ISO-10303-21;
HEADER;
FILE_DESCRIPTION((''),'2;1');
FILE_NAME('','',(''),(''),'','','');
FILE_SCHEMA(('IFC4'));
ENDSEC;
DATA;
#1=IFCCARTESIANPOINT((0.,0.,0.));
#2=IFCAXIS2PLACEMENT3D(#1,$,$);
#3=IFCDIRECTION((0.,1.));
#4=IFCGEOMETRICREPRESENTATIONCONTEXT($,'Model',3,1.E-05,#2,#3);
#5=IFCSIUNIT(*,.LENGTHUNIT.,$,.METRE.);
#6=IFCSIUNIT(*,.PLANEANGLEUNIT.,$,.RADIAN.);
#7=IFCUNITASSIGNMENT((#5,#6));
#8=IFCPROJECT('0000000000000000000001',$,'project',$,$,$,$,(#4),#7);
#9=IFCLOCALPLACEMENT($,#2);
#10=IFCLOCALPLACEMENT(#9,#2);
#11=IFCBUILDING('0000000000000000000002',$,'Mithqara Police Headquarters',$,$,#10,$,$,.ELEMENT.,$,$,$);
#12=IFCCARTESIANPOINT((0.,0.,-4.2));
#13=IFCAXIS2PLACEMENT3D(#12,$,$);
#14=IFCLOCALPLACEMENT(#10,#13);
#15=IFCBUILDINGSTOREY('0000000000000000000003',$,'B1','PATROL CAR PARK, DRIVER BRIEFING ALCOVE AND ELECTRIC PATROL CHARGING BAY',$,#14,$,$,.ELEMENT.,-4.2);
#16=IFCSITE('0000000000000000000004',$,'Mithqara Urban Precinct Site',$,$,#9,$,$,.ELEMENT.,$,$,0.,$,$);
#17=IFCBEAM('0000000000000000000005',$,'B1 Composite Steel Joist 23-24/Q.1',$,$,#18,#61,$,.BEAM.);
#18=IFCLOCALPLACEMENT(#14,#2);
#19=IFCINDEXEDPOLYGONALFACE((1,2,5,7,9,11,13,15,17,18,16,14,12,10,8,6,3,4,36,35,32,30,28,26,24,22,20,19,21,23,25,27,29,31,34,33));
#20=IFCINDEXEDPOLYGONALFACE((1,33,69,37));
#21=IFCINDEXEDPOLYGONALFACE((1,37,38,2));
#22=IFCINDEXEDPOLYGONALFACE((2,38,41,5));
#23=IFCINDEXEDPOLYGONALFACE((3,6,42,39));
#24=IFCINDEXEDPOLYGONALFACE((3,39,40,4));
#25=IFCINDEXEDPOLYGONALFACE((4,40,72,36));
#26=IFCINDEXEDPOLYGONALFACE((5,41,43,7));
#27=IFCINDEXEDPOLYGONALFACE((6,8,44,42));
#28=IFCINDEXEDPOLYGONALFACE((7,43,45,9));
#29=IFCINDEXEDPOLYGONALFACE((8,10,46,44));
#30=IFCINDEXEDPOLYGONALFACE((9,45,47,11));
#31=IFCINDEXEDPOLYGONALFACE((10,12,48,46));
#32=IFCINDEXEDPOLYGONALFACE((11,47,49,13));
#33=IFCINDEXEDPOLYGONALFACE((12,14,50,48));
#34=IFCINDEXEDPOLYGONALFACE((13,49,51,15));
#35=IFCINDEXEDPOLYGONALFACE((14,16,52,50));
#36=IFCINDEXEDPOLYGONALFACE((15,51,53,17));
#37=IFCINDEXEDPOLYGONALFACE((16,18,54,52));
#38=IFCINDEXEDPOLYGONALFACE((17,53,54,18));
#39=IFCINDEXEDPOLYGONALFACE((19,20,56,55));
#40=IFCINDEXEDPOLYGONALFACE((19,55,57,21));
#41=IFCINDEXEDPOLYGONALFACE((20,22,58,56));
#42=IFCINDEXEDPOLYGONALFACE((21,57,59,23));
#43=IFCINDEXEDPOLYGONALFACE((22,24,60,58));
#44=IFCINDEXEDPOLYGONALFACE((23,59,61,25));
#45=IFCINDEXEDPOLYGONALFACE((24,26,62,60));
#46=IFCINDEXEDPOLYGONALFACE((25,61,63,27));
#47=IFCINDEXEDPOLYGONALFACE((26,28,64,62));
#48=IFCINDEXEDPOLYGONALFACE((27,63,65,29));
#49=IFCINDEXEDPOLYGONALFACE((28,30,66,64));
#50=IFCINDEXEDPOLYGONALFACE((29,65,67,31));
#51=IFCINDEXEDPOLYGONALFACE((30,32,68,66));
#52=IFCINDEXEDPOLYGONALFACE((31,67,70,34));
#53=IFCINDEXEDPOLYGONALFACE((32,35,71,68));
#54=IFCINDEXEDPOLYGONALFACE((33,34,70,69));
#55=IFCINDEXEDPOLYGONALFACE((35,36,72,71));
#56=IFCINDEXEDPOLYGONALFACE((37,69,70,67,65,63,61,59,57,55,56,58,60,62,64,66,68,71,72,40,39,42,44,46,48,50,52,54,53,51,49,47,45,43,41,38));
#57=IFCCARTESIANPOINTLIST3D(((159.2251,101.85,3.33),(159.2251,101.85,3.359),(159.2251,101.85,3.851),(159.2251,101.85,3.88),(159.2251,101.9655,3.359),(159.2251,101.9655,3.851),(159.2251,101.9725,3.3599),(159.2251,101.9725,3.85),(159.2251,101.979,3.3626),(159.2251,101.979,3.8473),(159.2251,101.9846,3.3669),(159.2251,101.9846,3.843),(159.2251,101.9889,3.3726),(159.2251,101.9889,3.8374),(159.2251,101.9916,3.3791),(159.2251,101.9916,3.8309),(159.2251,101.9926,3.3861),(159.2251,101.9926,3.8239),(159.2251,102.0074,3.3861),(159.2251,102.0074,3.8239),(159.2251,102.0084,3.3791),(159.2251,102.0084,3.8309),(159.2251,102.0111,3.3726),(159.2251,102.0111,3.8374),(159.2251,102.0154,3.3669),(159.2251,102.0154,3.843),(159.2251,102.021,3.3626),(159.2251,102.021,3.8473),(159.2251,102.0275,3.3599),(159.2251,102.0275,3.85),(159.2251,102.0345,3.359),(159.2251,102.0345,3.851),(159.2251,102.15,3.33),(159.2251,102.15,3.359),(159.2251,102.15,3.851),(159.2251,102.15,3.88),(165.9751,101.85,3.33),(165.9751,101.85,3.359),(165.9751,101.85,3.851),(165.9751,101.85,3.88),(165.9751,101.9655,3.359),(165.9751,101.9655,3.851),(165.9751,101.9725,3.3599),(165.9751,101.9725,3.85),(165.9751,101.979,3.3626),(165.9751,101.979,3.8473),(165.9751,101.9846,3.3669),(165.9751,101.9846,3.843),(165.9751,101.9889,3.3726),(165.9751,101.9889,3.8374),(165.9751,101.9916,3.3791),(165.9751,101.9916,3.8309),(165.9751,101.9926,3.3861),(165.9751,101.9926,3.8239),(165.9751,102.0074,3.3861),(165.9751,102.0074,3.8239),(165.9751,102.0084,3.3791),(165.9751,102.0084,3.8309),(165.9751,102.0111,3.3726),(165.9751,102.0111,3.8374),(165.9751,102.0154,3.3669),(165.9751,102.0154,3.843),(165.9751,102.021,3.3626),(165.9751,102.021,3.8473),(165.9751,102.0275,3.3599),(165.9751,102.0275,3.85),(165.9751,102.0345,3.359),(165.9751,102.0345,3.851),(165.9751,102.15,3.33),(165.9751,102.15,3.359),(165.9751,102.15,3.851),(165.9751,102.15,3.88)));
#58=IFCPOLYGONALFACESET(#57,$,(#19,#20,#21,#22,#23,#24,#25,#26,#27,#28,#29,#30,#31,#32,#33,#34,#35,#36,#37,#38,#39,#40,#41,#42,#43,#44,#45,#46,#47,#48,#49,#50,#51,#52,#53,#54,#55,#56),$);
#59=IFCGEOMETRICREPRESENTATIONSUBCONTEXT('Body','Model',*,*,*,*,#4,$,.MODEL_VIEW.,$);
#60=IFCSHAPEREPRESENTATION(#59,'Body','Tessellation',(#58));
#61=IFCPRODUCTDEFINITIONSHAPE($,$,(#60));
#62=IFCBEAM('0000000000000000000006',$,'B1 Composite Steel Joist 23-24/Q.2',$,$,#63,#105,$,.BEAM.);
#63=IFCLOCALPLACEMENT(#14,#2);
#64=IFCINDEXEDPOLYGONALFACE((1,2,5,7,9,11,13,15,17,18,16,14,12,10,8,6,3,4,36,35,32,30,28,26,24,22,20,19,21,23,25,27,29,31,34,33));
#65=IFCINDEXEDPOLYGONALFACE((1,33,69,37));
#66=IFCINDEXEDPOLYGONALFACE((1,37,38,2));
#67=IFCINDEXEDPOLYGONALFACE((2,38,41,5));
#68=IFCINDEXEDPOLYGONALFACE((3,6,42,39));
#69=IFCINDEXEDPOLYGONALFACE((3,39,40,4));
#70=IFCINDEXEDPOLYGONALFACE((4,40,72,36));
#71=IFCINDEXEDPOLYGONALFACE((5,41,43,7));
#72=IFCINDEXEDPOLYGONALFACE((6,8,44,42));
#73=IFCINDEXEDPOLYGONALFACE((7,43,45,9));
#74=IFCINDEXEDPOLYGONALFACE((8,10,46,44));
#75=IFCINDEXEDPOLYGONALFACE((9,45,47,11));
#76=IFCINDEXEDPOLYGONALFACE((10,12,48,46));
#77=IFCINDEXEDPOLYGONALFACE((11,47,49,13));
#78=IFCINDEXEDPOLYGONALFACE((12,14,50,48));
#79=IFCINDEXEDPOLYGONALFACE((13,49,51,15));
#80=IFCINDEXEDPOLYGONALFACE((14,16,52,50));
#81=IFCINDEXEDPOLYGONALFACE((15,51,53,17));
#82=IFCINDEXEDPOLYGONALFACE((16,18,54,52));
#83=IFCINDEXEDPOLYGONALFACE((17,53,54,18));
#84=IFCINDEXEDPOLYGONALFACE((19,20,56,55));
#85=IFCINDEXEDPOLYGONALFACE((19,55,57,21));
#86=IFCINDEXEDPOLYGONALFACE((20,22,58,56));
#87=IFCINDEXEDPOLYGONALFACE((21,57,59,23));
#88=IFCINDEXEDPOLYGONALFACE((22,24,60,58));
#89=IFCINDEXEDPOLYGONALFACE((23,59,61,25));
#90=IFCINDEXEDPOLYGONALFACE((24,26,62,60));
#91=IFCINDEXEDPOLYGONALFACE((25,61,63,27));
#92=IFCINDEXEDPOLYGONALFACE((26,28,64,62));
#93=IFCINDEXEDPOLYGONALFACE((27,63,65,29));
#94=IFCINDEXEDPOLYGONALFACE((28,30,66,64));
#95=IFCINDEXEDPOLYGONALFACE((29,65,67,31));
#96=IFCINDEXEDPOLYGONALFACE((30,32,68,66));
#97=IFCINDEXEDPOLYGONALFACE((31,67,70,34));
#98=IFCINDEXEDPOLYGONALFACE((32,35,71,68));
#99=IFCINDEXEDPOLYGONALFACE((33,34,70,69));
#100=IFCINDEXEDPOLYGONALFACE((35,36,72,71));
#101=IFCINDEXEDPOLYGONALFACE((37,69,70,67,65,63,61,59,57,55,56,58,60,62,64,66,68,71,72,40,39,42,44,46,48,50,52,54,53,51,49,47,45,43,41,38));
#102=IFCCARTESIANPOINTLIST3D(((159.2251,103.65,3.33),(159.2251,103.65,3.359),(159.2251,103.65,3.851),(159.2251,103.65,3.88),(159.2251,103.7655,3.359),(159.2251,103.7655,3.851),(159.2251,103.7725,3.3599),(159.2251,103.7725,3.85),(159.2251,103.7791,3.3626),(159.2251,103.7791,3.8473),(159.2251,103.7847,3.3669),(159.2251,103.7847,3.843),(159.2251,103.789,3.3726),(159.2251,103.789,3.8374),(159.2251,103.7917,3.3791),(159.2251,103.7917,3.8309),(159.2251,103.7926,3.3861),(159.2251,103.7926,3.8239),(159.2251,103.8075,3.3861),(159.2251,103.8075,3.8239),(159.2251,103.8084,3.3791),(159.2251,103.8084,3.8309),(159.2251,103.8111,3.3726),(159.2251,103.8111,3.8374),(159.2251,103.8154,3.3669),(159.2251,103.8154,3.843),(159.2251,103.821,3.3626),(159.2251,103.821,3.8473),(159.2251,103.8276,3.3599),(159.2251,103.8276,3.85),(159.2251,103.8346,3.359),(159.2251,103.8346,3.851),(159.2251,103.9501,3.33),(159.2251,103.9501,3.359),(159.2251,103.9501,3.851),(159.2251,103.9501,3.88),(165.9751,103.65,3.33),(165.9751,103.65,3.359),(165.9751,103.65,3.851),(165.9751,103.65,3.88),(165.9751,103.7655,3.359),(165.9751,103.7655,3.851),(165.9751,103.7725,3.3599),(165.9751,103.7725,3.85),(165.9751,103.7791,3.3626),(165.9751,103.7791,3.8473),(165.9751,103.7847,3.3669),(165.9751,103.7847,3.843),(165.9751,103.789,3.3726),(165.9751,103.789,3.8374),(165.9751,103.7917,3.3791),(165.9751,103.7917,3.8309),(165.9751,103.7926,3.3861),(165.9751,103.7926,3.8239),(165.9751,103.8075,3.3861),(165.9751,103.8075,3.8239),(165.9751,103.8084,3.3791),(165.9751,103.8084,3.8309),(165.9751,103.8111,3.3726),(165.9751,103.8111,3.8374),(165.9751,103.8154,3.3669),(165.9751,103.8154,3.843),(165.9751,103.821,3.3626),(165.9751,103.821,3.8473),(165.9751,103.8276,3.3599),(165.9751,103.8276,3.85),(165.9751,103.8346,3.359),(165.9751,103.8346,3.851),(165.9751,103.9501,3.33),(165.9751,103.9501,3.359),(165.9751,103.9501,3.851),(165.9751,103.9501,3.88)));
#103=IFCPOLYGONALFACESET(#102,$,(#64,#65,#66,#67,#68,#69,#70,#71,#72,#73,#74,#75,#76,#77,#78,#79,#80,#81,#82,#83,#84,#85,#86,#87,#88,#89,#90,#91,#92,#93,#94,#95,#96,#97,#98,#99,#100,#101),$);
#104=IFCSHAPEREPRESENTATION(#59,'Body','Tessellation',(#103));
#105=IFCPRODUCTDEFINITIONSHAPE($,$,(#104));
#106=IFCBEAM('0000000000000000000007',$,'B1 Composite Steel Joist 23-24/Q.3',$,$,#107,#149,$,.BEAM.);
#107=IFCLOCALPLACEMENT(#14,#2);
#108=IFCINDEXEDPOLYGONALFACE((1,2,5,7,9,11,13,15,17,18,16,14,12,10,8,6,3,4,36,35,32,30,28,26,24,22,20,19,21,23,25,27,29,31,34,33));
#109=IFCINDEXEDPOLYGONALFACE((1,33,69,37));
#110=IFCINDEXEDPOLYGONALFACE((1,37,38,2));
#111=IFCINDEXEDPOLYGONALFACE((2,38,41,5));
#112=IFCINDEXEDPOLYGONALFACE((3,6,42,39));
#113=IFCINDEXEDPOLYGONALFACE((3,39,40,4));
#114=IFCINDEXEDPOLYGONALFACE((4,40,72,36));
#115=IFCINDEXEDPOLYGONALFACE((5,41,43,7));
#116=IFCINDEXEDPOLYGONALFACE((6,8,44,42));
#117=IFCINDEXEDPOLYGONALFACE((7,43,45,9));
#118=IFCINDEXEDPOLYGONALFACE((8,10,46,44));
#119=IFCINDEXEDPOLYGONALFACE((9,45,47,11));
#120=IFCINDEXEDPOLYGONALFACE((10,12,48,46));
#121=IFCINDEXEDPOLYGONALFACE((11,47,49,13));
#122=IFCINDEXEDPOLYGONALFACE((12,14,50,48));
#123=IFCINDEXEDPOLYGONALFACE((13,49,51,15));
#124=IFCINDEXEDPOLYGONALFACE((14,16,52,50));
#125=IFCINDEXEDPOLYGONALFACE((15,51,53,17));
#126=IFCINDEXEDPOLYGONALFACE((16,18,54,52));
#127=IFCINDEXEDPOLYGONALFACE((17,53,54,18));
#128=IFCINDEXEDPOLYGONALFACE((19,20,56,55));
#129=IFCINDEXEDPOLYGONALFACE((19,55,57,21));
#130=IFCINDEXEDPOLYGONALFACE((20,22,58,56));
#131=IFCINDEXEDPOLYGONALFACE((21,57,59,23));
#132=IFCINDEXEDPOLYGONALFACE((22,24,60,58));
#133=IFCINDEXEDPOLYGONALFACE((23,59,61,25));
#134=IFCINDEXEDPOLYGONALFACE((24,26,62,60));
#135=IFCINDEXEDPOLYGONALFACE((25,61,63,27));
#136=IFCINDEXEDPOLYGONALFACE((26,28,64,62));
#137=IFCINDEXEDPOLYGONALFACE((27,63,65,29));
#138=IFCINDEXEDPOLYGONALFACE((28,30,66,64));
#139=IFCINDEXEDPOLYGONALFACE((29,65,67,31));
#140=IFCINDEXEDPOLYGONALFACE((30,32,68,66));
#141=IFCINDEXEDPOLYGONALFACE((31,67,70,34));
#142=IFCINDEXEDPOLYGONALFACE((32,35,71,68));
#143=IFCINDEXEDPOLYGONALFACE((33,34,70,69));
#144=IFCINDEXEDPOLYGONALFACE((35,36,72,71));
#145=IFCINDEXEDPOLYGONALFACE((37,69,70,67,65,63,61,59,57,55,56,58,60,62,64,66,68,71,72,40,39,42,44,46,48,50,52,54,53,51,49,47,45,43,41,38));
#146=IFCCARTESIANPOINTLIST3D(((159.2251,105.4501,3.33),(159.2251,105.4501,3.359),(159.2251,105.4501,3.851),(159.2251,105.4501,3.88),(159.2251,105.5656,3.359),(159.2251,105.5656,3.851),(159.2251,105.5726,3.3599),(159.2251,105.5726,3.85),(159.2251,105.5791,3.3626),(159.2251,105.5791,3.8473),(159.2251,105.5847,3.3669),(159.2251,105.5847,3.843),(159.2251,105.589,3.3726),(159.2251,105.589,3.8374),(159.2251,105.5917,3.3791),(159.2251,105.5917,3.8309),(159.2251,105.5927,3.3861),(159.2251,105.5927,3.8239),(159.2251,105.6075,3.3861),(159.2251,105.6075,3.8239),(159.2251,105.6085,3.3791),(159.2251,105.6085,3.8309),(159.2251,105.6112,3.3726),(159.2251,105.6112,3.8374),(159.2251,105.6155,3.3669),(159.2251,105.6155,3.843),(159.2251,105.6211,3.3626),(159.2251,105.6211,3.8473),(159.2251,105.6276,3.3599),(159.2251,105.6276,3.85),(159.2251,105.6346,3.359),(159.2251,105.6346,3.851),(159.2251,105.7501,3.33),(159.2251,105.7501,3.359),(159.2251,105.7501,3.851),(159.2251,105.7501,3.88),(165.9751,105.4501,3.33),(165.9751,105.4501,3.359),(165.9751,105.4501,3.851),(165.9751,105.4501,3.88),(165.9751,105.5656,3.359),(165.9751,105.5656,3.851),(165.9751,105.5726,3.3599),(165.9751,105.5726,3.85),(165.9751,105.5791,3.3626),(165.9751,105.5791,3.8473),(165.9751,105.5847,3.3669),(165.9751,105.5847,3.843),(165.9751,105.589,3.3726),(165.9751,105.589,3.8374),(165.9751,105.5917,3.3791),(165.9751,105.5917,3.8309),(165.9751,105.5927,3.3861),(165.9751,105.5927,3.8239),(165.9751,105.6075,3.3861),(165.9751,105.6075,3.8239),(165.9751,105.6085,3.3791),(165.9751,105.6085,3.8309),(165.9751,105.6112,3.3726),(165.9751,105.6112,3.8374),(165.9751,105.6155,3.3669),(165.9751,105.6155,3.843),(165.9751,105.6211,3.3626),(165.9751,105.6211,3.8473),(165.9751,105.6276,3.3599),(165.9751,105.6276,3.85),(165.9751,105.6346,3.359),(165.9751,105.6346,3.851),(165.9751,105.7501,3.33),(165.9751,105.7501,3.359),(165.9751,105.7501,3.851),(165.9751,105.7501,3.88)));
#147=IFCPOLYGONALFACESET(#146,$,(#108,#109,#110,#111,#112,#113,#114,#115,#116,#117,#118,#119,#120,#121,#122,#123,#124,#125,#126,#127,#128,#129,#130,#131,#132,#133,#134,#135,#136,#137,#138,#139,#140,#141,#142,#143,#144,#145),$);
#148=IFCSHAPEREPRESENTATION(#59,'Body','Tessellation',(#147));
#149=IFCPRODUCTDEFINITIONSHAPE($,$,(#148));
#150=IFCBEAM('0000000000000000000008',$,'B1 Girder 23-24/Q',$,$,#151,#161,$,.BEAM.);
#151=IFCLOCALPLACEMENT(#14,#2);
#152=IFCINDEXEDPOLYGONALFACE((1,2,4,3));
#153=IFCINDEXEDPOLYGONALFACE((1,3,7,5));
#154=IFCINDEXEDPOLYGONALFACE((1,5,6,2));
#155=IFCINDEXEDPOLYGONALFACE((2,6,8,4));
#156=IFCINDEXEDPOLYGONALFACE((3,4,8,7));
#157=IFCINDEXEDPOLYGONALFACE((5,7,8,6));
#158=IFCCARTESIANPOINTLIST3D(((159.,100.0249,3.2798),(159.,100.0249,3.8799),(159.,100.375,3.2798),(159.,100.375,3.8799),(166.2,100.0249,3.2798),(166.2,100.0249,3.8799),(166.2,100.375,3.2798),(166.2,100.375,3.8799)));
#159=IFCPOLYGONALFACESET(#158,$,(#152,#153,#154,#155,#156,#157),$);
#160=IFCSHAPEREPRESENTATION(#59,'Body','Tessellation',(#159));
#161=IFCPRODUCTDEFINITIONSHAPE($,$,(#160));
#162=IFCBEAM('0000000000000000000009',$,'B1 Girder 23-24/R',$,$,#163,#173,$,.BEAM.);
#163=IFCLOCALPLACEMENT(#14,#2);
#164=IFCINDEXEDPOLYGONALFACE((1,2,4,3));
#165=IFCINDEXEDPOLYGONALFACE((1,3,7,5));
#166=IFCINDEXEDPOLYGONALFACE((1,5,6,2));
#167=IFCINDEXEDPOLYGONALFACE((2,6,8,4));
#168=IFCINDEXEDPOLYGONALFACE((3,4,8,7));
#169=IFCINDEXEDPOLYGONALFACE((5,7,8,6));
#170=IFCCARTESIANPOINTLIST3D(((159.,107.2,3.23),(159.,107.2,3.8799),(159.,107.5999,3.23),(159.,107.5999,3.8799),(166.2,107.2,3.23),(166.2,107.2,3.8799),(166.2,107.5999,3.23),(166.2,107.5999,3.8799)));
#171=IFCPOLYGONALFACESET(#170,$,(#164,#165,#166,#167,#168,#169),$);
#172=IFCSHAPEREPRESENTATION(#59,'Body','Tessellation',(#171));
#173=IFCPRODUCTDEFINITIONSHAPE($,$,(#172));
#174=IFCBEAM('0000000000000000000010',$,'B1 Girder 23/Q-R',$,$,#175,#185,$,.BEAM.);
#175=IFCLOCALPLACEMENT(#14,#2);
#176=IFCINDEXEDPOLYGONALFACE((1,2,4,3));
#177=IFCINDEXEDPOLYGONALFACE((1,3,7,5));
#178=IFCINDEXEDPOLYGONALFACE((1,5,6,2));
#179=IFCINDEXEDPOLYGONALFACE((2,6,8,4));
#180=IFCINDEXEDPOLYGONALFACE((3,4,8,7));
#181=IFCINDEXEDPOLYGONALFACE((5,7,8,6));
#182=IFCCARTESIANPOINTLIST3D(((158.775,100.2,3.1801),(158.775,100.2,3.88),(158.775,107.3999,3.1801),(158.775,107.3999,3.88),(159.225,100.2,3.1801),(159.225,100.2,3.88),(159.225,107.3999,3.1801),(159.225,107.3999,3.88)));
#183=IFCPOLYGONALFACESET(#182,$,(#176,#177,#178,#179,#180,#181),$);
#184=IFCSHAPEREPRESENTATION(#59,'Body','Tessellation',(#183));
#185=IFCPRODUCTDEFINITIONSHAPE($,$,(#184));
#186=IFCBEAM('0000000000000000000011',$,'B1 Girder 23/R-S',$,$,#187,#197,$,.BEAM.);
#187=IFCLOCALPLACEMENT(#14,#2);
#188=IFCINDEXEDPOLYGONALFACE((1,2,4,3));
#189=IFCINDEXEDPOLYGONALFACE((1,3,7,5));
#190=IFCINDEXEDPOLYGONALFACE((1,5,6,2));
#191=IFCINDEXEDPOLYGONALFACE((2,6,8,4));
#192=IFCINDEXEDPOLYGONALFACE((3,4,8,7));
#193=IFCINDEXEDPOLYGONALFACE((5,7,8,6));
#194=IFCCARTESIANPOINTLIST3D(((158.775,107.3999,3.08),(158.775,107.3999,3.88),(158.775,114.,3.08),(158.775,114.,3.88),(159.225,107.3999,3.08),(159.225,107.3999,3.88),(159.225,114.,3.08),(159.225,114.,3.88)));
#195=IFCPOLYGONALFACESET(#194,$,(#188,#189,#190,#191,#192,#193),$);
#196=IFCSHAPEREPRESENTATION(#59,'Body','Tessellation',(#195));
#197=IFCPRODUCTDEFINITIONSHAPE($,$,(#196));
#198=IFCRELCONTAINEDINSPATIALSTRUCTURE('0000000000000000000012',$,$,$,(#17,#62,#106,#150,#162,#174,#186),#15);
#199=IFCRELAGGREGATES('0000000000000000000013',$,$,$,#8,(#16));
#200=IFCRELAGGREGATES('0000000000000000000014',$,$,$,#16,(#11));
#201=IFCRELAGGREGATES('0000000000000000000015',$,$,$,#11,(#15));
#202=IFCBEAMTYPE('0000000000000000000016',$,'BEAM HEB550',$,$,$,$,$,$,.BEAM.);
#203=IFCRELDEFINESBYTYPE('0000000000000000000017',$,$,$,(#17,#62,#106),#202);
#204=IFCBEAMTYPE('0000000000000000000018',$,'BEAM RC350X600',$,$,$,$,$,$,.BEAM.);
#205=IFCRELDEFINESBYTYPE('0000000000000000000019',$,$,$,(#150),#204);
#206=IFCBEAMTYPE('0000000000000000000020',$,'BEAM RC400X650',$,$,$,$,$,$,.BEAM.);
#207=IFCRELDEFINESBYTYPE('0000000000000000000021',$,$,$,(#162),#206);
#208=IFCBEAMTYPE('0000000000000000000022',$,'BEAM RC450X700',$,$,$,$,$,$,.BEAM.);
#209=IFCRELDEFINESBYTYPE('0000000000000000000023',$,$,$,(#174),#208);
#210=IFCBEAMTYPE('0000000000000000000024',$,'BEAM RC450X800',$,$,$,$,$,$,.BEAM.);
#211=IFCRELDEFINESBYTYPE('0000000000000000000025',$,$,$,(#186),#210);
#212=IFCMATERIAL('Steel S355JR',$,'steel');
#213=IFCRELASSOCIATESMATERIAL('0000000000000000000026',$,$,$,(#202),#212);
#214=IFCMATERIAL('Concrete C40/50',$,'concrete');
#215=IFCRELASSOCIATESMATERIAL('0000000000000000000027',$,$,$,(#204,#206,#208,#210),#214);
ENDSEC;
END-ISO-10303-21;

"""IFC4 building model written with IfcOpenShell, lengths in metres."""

from ifc_helpers import new_model, si_unit, direction, frame, origin, origin_2d, place, context, subcontext, project, spatial, rectangle, i_section, extrude, material, material_profile, profile_set, type_object, element, save


model = new_model("IFC4")

# Units and contexts
model_context = context("Model", 3, precision=1e-05, world=origin(), true_north=direction((0.0, 1.0)))
body_context = subcontext(model_context, "Body", "Model", "MODEL_VIEW")
ifc_project = project(units=[si_unit("LENGTHUNIT", "METRE"), si_unit("PLANEANGLEUNIT", "RADIAN")], contexts=[model_context])

# Site, building, storey
site_placement = place(None, origin())
site = spatial("IfcSite", under=ifc_project, at=site_placement, Name="Mithqara Urban Precinct Site", CompositionType="ELEMENT", RefElevation=0.0)
building_placement = place(site_placement, origin())
building = spatial("IfcBuilding", under=site, at=building_placement, Name="Mithqara Police Headquarters", CompositionType="ELEMENT")
storey_placement = place(building_placement, frame((0.0, 0.0, -4.2)))
storey = spatial("IfcBuildingStorey", under=building, at=storey_placement, Name="B1", Description="PATROL CAR PARK, DRIVER BRIEFING ALCOVE AND ELECTRIC PATROL CHARGING BAY", CompositionType="ELEMENT", Elevation=-4.2)

# Shared definitions
ifc_material_1 = material(Name="Concrete C40/50", Category="concrete")

# Beams
ifc_material_2 = material(Name="Steel S355JR", Category="steel")
ifc_material_profile_1 = material_profile(ifc_material_2, i_section(OverallWidth=0.3, OverallDepth=0.55, WebThickness=0.0149, FlangeThickness=0.0291, FilletRadius=0.0271, at=origin_2d()), Name="HEB 550")
ifc_profile_set_1 = profile_set([ifc_material_profile_1], Name="Steel S355JR")
beam_type_1 = type_object("IfcBeamType", Name="BEAM HEB550", PredefinedType="BEAM", material=ifc_profile_set_1)
for number, where, z_axis, x_axis, name in (
    (1, (159.2251, 102.0, 3.605), (1.0, 0.0, 0.0), (0.0, 1.0, 0.0), "B1 Composite Steel Joist 23-24/Q.1"),
    (2, (159.2251, 103.8, 3.605), (1.0, 0.0, 0.0), (0.0, 1.0, 0.0), "B1 Composite Steel Joist 23-24/Q.2"),
    (3, (159.2251, 105.6001, 3.605), (1.0, 0.0, 0.0), (0.0, 1.0, 0.0), "B1 Composite Steel Joist 23-24/Q.3"),
):
    element("IfcBeam", number, at=place(storey_placement, frame(where, z_axis=z_axis, x_axis=x_axis)), inside=storey, type_object=beam_type_1, Name=name, PredefinedType="BEAM", context=body_context, shape_type="SweptSolid", body=[
        extrude(i_section(OverallWidth=0.3, OverallDepth=0.55, WebThickness=0.0149, FlangeThickness=0.0291, FilletRadius=0.0271, at=origin_2d()), origin(), (0.0, 0.0, 1.0), 6.75),
    ])
ifc_material_profile_2 = material_profile(ifc_material_1, rectangle(XDim=0.3501, YDim=0.6001, at=origin_2d()), Name="RC 350x600")
ifc_profile_set_2 = profile_set([ifc_material_profile_2], Name="Concrete C40/50")
beam_type_2 = type_object("IfcBeamType", Name="BEAM RC350X600", PredefinedType="BEAM", material=ifc_profile_set_2)
beam_1_placement = place(storey_placement, frame((159.0, 100.2, 3.5798), z_axis=(1.0, 0.0, 0.0), x_axis=(0.0, 1.0, 0.0)))
element("IfcBeam", 4, at=beam_1_placement, inside=storey, type_object=beam_type_2, Name="B1 Girder 23-24/Q", PredefinedType="BEAM", context=body_context, shape_type="SweptSolid", body=[
    extrude(rectangle(XDim=0.3501, YDim=0.6001, at=origin_2d()), origin(), (0.0, 0.0, 1.0), 7.2),
])
ifc_material_profile_3 = material_profile(ifc_material_1, rectangle(XDim=0.3999, YDim=0.6499, at=origin_2d()), Name="RC 400x650")
ifc_profile_set_3 = profile_set([ifc_material_profile_3], Name="Concrete C40/50")
beam_type_3 = type_object("IfcBeamType", Name="BEAM RC400X650", PredefinedType="BEAM", material=ifc_profile_set_3)
beam_2_placement = place(storey_placement, frame((159.0, 107.3999, 3.5549), z_axis=(1.0, 0.0, 0.0), x_axis=(0.0, 1.0, 0.0)))
element("IfcBeam", 5, at=beam_2_placement, inside=storey, type_object=beam_type_3, Name="B1 Girder 23-24/R", PredefinedType="BEAM", context=body_context, shape_type="SweptSolid", body=[
    extrude(rectangle(XDim=0.3999, YDim=0.6499, at=origin_2d()), origin(), (0.0, 0.0, 1.0), 7.2),
])
ifc_material_profile_4 = material_profile(ifc_material_1, rectangle(XDim=0.45, YDim=0.7, at=origin_2d()), Name="RC 450x700")
ifc_profile_set_4 = profile_set([ifc_material_profile_4], Name="Concrete C40/50")
beam_type_4 = type_object("IfcBeamType", Name="BEAM RC450X700", PredefinedType="BEAM", material=ifc_profile_set_4)
beam_3_placement = place(storey_placement, frame((159.0, 100.2, 3.53), z_axis=(0.0, 1.0, 0.0), x_axis=(-1.0, 0.0, 0.0)))
element("IfcBeam", 6, at=beam_3_placement, inside=storey, type_object=beam_type_4, Name="B1 Girder 23/Q-R", PredefinedType="BEAM", context=body_context, shape_type="SweptSolid", body=[
    extrude(rectangle(XDim=0.45, YDim=0.7, at=origin_2d()), origin(), (0.0, 0.0, 1.0), 7.2),
])
ifc_material_profile_5 = material_profile(ifc_material_1, rectangle(XDim=0.45, YDim=0.8, at=origin_2d()), Name="RC 450x800")
ifc_profile_set_5 = profile_set([ifc_material_profile_5], Name="Concrete C40/50")
beam_type_5 = type_object("IfcBeamType", Name="BEAM RC450X800", PredefinedType="BEAM", material=ifc_profile_set_5)
beam_4_placement = place(storey_placement, frame((159.0, 107.3999, 3.48), z_axis=(0.0, 1.0, 0.0), x_axis=(-1.0, 0.0, 0.0)))
element("IfcBeam", 7, at=beam_4_placement, inside=storey, type_object=beam_type_5, Name="B1 Girder 23/R-S", PredefinedType="BEAM", context=body_context, shape_type="SweptSolid", body=[
    extrude(rectangle(XDim=0.45, YDim=0.8, at=origin_2d()), origin(), (0.0, 0.0, 1.0), 6.6001),
])

save(model, "model.ifc")
